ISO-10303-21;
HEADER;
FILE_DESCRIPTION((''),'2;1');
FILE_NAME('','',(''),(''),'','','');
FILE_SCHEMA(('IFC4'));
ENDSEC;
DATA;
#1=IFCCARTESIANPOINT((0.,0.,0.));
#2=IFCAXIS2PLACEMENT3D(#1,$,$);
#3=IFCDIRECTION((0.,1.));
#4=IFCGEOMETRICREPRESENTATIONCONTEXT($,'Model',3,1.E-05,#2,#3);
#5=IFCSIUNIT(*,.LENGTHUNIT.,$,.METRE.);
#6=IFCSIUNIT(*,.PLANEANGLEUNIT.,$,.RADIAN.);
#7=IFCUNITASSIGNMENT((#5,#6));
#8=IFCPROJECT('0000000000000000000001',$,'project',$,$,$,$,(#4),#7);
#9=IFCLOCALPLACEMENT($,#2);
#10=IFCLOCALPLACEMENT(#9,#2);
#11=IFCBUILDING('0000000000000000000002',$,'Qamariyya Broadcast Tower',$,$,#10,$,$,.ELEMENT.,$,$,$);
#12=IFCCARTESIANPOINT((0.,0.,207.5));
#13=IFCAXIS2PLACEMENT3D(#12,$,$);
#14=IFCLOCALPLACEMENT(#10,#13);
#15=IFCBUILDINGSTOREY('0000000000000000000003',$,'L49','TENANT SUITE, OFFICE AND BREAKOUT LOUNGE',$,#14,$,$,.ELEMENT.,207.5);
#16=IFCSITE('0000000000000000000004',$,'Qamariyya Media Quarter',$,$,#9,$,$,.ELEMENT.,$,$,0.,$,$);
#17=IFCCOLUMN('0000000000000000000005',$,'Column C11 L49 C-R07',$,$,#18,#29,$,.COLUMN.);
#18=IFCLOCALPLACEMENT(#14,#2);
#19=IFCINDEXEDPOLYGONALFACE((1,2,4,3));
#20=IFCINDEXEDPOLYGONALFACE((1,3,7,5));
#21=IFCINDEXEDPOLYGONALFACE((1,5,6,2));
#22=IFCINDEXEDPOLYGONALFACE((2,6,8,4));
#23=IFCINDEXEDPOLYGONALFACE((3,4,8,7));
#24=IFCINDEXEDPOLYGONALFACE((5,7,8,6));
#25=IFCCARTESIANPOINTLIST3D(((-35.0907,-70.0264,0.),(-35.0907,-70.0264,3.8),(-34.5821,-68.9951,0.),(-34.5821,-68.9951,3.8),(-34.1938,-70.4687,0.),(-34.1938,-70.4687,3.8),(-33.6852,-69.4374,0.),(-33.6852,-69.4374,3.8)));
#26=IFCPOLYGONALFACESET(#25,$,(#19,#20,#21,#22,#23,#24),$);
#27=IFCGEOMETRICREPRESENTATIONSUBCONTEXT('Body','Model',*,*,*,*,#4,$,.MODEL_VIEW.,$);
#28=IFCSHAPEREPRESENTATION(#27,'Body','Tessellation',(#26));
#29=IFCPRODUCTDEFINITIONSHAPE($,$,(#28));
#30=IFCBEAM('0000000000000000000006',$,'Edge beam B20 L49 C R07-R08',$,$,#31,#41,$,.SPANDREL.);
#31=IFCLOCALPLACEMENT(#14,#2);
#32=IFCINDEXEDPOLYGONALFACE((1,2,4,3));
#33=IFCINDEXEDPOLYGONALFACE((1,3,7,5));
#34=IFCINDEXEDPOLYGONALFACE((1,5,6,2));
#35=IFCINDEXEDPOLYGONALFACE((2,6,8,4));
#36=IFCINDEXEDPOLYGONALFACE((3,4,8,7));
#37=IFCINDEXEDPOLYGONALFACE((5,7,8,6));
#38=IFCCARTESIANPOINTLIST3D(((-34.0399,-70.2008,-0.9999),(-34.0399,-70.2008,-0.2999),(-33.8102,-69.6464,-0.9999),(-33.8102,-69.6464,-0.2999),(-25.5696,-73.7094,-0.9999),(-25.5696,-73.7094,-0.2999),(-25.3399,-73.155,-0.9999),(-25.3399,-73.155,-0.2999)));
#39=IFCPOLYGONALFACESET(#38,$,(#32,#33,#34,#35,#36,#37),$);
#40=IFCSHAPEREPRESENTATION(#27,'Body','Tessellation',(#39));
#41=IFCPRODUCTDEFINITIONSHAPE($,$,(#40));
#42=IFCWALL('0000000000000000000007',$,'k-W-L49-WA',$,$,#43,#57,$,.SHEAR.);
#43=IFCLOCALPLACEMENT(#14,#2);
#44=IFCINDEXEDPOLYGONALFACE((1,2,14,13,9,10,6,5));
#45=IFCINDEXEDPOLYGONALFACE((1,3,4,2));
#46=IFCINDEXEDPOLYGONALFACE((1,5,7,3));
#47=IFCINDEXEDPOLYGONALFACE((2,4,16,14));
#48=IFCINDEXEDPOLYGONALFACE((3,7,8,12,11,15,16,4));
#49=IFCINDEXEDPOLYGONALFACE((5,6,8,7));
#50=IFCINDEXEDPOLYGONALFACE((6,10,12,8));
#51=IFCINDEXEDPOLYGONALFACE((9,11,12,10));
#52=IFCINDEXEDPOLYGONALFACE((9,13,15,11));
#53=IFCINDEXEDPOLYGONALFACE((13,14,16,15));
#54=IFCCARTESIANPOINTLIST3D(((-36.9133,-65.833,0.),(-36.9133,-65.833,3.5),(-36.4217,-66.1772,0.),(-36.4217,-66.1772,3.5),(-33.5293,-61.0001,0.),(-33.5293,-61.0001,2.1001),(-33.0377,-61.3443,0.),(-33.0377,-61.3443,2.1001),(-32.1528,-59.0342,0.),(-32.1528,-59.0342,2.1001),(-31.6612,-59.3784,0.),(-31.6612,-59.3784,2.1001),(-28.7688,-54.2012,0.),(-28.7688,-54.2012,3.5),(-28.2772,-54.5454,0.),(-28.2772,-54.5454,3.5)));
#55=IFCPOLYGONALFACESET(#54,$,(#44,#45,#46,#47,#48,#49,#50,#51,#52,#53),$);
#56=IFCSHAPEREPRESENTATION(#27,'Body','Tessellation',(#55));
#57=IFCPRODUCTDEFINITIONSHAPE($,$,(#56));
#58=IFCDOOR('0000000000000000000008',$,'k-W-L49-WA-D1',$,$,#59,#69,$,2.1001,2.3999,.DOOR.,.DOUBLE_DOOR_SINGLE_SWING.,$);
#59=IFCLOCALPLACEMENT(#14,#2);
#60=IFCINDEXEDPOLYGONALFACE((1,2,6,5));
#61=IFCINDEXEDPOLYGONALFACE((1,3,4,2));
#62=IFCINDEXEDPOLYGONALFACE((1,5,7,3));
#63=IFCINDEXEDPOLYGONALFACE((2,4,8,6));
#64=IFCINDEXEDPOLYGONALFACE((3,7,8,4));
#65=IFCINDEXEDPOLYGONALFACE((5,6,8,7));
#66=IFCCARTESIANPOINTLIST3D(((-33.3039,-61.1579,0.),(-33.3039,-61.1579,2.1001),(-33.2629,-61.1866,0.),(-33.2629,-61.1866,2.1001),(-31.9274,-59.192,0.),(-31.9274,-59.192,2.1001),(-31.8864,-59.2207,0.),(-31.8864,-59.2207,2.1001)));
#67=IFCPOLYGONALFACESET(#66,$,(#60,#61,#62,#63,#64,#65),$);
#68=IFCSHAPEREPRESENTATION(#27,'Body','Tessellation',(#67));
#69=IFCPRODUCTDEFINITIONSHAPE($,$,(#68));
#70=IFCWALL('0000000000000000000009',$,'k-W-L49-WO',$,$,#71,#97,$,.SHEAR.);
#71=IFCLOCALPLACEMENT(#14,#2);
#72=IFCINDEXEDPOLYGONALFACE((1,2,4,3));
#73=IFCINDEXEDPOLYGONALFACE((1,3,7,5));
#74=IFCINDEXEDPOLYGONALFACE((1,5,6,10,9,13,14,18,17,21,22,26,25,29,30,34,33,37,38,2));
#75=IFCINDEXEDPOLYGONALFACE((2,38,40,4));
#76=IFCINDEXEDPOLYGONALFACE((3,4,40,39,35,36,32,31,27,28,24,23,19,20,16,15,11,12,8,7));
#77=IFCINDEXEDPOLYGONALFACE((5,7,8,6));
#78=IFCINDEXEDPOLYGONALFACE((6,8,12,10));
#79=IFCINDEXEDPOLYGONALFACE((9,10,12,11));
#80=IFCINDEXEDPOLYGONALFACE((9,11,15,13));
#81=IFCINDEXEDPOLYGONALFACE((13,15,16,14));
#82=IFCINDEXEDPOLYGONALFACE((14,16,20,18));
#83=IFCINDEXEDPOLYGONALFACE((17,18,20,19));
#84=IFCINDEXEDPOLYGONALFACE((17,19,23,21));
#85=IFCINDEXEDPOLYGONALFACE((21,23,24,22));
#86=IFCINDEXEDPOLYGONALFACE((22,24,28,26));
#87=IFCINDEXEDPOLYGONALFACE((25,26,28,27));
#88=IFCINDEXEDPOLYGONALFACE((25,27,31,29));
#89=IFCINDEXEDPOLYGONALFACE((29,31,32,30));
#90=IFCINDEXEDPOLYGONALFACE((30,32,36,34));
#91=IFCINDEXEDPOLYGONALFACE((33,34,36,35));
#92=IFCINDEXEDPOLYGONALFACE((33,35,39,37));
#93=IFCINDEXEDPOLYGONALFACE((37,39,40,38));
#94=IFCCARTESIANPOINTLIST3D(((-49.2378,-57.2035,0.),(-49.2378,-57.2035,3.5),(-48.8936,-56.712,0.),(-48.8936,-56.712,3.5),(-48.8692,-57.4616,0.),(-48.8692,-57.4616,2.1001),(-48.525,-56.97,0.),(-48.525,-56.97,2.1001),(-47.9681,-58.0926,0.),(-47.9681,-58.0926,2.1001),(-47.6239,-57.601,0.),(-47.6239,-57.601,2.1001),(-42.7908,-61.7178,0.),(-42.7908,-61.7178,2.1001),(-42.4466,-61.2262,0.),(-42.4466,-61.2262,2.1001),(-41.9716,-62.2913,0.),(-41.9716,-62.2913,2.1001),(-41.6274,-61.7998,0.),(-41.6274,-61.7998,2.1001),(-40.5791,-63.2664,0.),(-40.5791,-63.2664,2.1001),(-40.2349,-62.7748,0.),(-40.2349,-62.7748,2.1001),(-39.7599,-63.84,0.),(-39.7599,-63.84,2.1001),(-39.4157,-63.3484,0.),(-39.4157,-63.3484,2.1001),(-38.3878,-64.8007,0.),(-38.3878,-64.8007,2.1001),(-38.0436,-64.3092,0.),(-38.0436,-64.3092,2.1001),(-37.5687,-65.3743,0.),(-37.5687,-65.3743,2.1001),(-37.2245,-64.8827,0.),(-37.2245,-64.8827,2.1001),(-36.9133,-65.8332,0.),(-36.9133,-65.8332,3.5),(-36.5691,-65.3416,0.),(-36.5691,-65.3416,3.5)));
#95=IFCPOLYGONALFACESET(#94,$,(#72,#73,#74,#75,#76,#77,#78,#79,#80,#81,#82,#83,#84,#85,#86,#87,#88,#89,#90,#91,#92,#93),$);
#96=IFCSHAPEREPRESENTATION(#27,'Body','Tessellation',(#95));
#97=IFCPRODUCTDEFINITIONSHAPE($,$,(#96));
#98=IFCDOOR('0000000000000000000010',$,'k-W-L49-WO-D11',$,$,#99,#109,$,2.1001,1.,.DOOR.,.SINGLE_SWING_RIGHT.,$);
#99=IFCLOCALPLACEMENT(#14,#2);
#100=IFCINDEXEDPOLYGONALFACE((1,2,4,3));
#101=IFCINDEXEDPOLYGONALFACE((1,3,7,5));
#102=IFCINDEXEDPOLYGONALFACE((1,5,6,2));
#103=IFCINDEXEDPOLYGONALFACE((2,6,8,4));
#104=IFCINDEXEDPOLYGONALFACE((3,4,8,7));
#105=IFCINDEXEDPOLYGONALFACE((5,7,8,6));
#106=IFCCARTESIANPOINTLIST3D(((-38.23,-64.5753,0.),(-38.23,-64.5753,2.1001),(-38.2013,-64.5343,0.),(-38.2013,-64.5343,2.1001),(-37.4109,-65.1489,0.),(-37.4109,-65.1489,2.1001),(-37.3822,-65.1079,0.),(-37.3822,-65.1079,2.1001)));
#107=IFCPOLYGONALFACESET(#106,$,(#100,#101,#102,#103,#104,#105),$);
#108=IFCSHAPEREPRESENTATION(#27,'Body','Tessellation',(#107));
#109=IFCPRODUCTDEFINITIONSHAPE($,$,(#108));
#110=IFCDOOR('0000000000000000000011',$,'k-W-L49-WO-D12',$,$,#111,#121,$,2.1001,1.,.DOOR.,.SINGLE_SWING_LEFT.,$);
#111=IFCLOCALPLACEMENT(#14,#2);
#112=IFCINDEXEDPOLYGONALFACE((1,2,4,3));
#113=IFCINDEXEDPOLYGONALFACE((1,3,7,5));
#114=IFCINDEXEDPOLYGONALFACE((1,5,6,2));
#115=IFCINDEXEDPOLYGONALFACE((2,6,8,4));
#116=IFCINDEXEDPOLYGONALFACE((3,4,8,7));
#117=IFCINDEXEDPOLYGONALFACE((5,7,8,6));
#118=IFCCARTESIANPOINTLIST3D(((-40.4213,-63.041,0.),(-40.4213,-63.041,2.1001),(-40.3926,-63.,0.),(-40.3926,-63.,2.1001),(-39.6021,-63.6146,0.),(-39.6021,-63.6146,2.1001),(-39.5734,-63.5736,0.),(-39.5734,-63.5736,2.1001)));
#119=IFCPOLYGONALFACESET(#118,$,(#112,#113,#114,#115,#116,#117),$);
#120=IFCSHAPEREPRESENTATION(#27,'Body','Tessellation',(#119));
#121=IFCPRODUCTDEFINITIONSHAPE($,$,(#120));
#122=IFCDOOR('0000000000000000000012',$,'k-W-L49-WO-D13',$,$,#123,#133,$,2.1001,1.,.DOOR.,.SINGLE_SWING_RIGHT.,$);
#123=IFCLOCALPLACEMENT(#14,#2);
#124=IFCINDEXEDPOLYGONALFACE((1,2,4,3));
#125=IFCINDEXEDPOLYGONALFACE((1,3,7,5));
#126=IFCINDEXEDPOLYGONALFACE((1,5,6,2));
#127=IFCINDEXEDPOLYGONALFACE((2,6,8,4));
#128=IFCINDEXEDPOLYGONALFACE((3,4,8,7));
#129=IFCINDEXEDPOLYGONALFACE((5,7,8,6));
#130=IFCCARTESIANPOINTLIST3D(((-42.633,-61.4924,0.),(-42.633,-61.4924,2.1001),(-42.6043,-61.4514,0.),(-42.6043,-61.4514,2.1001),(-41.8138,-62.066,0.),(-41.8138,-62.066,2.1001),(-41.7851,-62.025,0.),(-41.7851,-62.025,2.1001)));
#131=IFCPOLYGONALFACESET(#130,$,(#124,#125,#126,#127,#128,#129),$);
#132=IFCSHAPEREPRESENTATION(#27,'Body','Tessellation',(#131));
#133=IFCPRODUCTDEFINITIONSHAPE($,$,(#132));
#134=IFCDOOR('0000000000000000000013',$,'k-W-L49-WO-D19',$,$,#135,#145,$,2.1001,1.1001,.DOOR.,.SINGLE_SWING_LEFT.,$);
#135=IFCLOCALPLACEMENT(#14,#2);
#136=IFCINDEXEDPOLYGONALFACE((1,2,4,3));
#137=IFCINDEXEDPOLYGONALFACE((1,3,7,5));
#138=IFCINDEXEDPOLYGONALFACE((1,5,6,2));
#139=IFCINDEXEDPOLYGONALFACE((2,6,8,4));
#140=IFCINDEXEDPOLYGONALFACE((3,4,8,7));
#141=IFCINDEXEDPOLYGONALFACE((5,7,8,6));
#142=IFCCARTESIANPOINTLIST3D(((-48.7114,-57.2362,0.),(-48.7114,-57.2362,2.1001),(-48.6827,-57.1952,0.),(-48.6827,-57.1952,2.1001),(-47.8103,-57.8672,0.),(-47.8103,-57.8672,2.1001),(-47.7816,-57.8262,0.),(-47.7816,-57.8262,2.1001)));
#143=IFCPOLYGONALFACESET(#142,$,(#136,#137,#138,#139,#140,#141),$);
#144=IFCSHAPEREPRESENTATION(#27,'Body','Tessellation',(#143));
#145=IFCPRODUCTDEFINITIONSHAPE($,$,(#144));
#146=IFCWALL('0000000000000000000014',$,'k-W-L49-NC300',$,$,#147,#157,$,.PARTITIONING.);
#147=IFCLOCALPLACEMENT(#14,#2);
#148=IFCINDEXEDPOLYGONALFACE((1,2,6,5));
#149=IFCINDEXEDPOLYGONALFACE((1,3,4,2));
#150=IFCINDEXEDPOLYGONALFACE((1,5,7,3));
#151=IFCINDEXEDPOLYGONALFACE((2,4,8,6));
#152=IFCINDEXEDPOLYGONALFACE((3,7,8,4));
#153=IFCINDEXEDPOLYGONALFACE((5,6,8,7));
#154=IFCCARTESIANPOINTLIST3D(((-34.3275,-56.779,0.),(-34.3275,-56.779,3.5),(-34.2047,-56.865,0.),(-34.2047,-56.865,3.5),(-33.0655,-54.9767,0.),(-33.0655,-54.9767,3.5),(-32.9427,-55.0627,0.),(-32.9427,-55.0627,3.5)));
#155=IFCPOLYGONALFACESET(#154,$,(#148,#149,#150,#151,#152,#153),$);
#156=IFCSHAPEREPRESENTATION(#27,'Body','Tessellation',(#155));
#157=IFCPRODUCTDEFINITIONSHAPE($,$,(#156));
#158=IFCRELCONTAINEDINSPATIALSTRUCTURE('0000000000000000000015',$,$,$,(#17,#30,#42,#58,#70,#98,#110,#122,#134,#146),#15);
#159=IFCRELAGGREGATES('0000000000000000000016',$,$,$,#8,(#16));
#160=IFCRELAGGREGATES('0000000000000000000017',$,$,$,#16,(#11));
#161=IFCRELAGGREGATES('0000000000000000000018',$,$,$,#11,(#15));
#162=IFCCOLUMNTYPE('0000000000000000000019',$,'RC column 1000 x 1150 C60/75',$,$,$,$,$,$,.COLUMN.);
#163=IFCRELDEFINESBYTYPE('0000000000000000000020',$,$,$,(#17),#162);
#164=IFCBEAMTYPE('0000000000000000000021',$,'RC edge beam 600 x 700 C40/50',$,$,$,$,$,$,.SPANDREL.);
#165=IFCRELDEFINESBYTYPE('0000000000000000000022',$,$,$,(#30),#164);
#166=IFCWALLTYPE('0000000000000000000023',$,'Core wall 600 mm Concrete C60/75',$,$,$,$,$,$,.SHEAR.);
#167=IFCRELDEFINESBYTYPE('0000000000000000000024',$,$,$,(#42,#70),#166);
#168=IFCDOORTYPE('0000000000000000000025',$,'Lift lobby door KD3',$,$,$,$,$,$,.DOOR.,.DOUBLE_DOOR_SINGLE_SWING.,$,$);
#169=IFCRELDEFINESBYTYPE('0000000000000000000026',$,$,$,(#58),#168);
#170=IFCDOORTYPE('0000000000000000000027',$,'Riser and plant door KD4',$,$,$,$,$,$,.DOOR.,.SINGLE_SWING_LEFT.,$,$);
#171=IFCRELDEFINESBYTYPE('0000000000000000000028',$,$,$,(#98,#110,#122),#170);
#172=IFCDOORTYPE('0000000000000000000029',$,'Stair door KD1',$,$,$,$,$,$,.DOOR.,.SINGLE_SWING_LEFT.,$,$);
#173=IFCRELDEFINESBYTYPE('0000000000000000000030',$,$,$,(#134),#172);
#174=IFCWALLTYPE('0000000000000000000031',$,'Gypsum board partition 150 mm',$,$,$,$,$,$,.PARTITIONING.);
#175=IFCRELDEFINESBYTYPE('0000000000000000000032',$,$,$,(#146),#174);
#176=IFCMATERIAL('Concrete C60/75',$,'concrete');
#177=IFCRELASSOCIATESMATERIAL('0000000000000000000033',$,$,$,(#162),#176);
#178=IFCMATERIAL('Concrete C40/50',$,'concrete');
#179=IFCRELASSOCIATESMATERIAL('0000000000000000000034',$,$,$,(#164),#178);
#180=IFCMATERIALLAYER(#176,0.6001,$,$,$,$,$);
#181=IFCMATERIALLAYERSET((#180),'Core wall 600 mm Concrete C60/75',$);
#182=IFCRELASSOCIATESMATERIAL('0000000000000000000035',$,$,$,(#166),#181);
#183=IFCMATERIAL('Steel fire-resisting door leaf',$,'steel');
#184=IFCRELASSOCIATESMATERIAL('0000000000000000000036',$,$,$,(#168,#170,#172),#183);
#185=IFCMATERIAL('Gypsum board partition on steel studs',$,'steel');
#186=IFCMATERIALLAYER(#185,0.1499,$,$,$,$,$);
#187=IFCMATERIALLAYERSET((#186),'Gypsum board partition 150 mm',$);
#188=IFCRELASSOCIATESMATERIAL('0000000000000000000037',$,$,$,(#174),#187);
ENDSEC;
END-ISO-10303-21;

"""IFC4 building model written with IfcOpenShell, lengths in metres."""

from ifc_helpers import new_model, si_unit, direction, frame, frame_2d, origin, origin_2d, place, context, subcontext, project, spatial, rectangle, extrude, material, layer, layer_set, material_profile, profile_set, type_object, element, fill, save


model = new_model("IFC4")

# Units and contexts
model_context = context("Model", 3, precision=1e-05, world=origin(), true_north=direction((0.0, 1.0)))
body_context = subcontext(model_context, "Body", "Model", "MODEL_VIEW")
ifc_project = project(units=[si_unit("LENGTHUNIT", "METRE"), si_unit("PLANEANGLEUNIT", "RADIAN")], contexts=[model_context])

# Site, building, storey
site_placement = place(None, origin())
site = spatial("IfcSite", under=ifc_project, at=site_placement, Name="Qamariyya Media Quarter", CompositionType="ELEMENT", RefElevation=0.0)
building_placement = place(site_placement, origin())
building = spatial("IfcBuilding", under=site, at=building_placement, Name="Qamariyya Broadcast Tower", CompositionType="ELEMENT")
storey_placement = place(building_placement, frame((0.0, 0.0, 207.5)))
storey = spatial("IfcBuildingStorey", under=building, at=storey_placement, Name="L49", Description="TENANT SUITE, OFFICE AND BREAKOUT LOUNGE", CompositionType="ELEMENT", Elevation=207.5)

# Column
ifc_material_1 = material(Name="Concrete C60/75", Category="concrete")
ifc_material_profile_1 = material_profile(ifc_material_1, rectangle(XDim=1.0, YDim=1.1499, at=origin_2d()))
ifc_profile_set_1 = profile_set([ifc_material_profile_1], Name="Concrete C60/75")
column_type = type_object("IfcColumnType", Name="RC column 1000 x 1150 C60/75", PredefinedType="COLUMN", material=ifc_profile_set_1)
column_placement = place(storey_placement, frame((-34.3879, -69.7319, 0.0), z_axis=(0.0, 0.0, 1.0), x_axis=(0.896873, -0.442289, 0.0)))
element("IfcColumn", 1, at=column_placement, inside=storey, type_object=column_type, Name="Column C11 L49 C-R07", PredefinedType="COLUMN", context=body_context, shape_type="SweptSolid", body=[
    extrude(rectangle(XDim=1.0, YDim=1.1499, at=origin_2d()), origin(), (0.0, 0.0, 1.0), 3.8),
])

# Beam
ifc_material_2 = material(Name="Concrete C40/50", Category="concrete")
ifc_material_profile_2 = material_profile(ifc_material_2, rectangle(XDim=0.6001, YDim=0.7, at=origin_2d()))
ifc_profile_set_2 = profile_set([ifc_material_profile_2], Name="Concrete C40/50")
beam_type = type_object("IfcBeamType", Name="RC edge beam 600 x 700 C40/50", PredefinedType="SPANDREL", material=ifc_profile_set_2)
beam_placement = place(storey_placement, frame((-33.925, -69.9236, -0.6499), z_axis=(0.923877, -0.38269, 0.0), x_axis=(0.38269, 0.923877, 0.0)))
element("IfcBeam", 2, at=beam_placement, inside=storey, type_object=beam_type, Name="Edge beam B20 L49 C R07-R08", PredefinedType="SPANDREL", context=body_context, shape_type="SweptSolid", body=[
    extrude(rectangle(XDim=0.6001, YDim=0.7, at=origin_2d()), origin(), (0.0, 0.0, 1.0), 9.1682),
])

# Wall, opening, door
ifc_layer_1 = layer(ifc_material_1, 0.6001)
ifc_layer_set_1 = layer_set([ifc_layer_1], Name="Core wall 600 mm Concrete C60/75")
wall_type_1 = type_object("IfcWallType", Name="Core wall 600 mm Concrete C60/75", PredefinedType="SHEAR", material=ifc_layer_set_1)
wall_1_placement = place(storey_placement, frame((-36.6675, -66.0051, 0.0), z_axis=(0.0, 0.0, 1.0), x_axis=(0.573568, 0.819158, 0.0)))
wall_1 = element("IfcWall", 3, at=wall_1_placement, inside=storey, type_object=wall_type_1, Name="k-W-L49-WA", PredefinedType="SHEAR", context=body_context, shape_type="SweptSolid", body=[
    extrude(rectangle(XDim=14.1997, YDim=0.6001, at=frame_2d((7.0999, 0.0))), origin(), (0.0, 0.0, 1.0), 3.5),
])
opening_1_placement = place(wall_1_placement, frame((5.8999, 0.0, 0.0)))
opening_1 = element("IfcOpeningElement", 4, at=opening_1_placement, cuts=wall_1, PredefinedType="OPENING", context=body_context, shape_type="SweptSolid", body=[
    extrude(rectangle(XDim=2.3999, YDim=2.1001, at=frame_2d((1.2, 1.05))), frame((0.0, 0.3101, 0.0), z_axis=(0.0, -1.0, 0.0), x_axis=(1.0, 0.0, 0.0)), (0.0, 0.0, 1.0), 0.6201),
])
ifc_material_3 = material(Name="Steel fire-resisting door leaf", Category="steel")
door_type_1 = type_object("IfcDoorType", Name="Lift lobby door KD3", OperationType="DOUBLE_DOOR_SINGLE_SWING", PredefinedType="DOOR", material=ifc_material_3)
door_1_placement = place(opening_1_placement, origin())
door_1 = element("IfcDoor", 5, at=door_1_placement, inside=storey, type_object=door_type_1, Name="k-W-L49-WA-D1", OperationType="DOUBLE_DOOR_SINGLE_SWING", OverallHeight=2.1001, OverallWidth=2.3999, PredefinedType="DOOR", context=body_context, shape_type="SweptSolid", body=[
    extrude(rectangle(XDim=2.3999, YDim=2.1001, at=frame_2d((1.2, 1.05))), frame((0.0, 0.0249, 0.0), z_axis=(0.0, -1.0, 0.0), x_axis=(1.0, 0.0, 0.0)), (0.0, 0.0, 1.0), 0.05),
])
fill(opening_1, door_1)

# Wall, openings, doors
wall_2_placement = place(storey_placement, frame((-36.7412, -65.5874, 0.0), z_axis=(0.0, 0.0, 1.0), x_axis=(-0.819153, 0.573575, 0.0)))
wall_2 = element("IfcWall", 6, at=wall_2_placement, inside=storey, type_object=wall_type_1, Name="k-W-L49-WO", PredefinedType="SHEAR", context=body_context, shape_type="SweptSolid", body=[
    extrude(rectangle(XDim=15.0454, YDim=0.6001, at=frame_2d((7.5227, 0.0))), origin(), (0.0, 0.0, 1.0), 3.5),
])
opening_2_placement = place(wall_2_placement, frame((0.8, 0.0, 0.0)))
opening_2 = element("IfcOpeningElement", 7, at=opening_2_placement, cuts=wall_2, PredefinedType="OPENING", context=body_context, shape_type="SweptSolid", body=[
    extrude(rectangle(XDim=1.0, YDim=2.1001, at=frame_2d((0.5, 1.05))), frame((0.0, 0.3101, 0.0), z_axis=(0.0, -1.0, 0.0), x_axis=(1.0, 0.0, 0.0)), (0.0, 0.0, 1.0), 0.6201),
])
opening_3_placement = place(wall_2_placement, frame((3.4751, 0.0, 0.0)))
opening_3 = element("IfcOpeningElement", 8, at=opening_3_placement, cuts=wall_2, PredefinedType="OPENING", context=body_context, shape_type="SweptSolid", body=[
    extrude(rectangle(XDim=1.0, YDim=2.1001, at=frame_2d((0.5, 1.05))), frame((0.0, 0.3101, 0.0), z_axis=(0.0, -1.0, 0.0), x_axis=(1.0, 0.0, 0.0)), (0.0, 0.0, 1.0), 0.6201),
])
opening_4_placement = place(wall_2_placement, frame((6.175, 0.0, 0.0)))
opening_4 = element("IfcOpeningElement", 9, at=opening_4_placement, cuts=wall_2, PredefinedType="OPENING", context=body_context, shape_type="SweptSolid", body=[
    extrude(rectangle(XDim=1.0, YDim=2.1001, at=frame_2d((0.5, 1.05))), frame((0.0, 0.3101, 0.0), z_axis=(0.0, -1.0, 0.0), x_axis=(1.0, 0.0, 0.0)), (0.0, 0.0, 1.0), 0.6201),
])
opening_5_placement = place(wall_2_placement, frame((13.4954, 0.0, 0.0)))
opening_5 = element("IfcOpeningElement", 10, at=opening_5_placement, cuts=wall_2, PredefinedType="OPENING", context=body_context, shape_type="SweptSolid", body=[
    extrude(rectangle(XDim=1.1001, YDim=2.1001, at=frame_2d((0.55, 1.05))), frame((0.0, 0.3101, 0.0), z_axis=(0.0, -1.0, 0.0), x_axis=(1.0, 0.0, 0.0)), (0.0, 0.0, 1.0), 0.6201),
])
door_type_2 = type_object("IfcDoorType", Name="Riser and plant door KD4", OperationType="SINGLE_SWING_LEFT", PredefinedType="DOOR", material=ifc_material_3)
door_2_placement = place(opening_2_placement, origin())
door_2 = element("IfcDoor", 11, at=door_2_placement, inside=storey, type_object=door_type_2, Name="k-W-L49-WO-D11", OperationType="SINGLE_SWING_RIGHT", OverallHeight=2.1001, OverallWidth=1.0, PredefinedType="DOOR", context=body_context, shape_type="SweptSolid", body=[
    extrude(rectangle(XDim=1.0, YDim=2.1001, at=frame_2d((0.5, 1.05))), frame((0.0, 0.0249, 0.0), z_axis=(0.0, -1.0, 0.0), x_axis=(1.0, 0.0, 0.0)), (0.0, 0.0, 1.0), 0.05),
])
fill(opening_2, door_2)
door_3_placement = place(opening_3_placement, origin())
door_3 = element("IfcDoor", 12, at=door_3_placement, inside=storey, type_object=door_type_2, Name="k-W-L49-WO-D12", OperationType="SINGLE_SWING_LEFT", OverallHeight=2.1001, OverallWidth=1.0, PredefinedType="DOOR", context=body_context, shape_type="SweptSolid", body=[
    extrude(rectangle(XDim=1.0, YDim=2.1001, at=frame_2d((0.5, 1.05))), frame((0.0, 0.0249, 0.0), z_axis=(0.0, -1.0, 0.0), x_axis=(1.0, 0.0, 0.0)), (0.0, 0.0, 1.0), 0.05),
])
fill(opening_3, door_3)
door_4_placement = place(opening_4_placement, origin())
door_4 = element("IfcDoor", 13, at=door_4_placement, inside=storey, type_object=door_type_2, Name="k-W-L49-WO-D13", OperationType="SINGLE_SWING_RIGHT", OverallHeight=2.1001, OverallWidth=1.0, PredefinedType="DOOR", context=body_context, shape_type="SweptSolid", body=[
    extrude(rectangle(XDim=1.0, YDim=2.1001, at=frame_2d((0.5, 1.05))), frame((0.0, 0.0249, 0.0), z_axis=(0.0, -1.0, 0.0), x_axis=(1.0, 0.0, 0.0)), (0.0, 0.0, 1.0), 0.05),
])
fill(opening_4, door_4)
door_type_3 = type_object("IfcDoorType", Name="Stair door KD1", OperationType="SINGLE_SWING_LEFT", PredefinedType="DOOR", material=ifc_material_3)
door_5_placement = place(opening_5_placement, origin())
door_5 = element("IfcDoor", 14, at=door_5_placement, inside=storey, type_object=door_type_3, Name="k-W-L49-WO-D19", OperationType="SINGLE_SWING_LEFT", OverallHeight=2.1001, OverallWidth=1.1001, PredefinedType="DOOR", context=body_context, shape_type="SweptSolid", body=[
    extrude(rectangle(XDim=1.1001, YDim=2.1001, at=frame_2d((0.55, 1.05))), frame((0.0, 0.0249, 0.0), z_axis=(0.0, -1.0, 0.0), x_axis=(1.0, 0.0, 0.0)), (0.0, 0.0, 1.0), 0.05),
])
fill(opening_5, door_5)

# Wall
ifc_material_4 = material(Name="Gypsum board partition on steel studs", Category="steel")
ifc_layer_2 = layer(ifc_material_4, 0.1499)
ifc_layer_set_2 = layer_set([ifc_layer_2], Name="Gypsum board partition 150 mm")
wall_type_2 = type_object("IfcWallType", Name="Gypsum board partition 150 mm", PredefinedType="PARTITIONING", material=ifc_layer_set_2)
wall_3_placement = place(storey_placement, frame((-34.2661, -56.822, 0.0), z_axis=(0.0, 0.0, 1.0), x_axis=(0.573581, 0.819149, 0.0)))
element("IfcWall", 15, at=wall_3_placement, inside=storey, type_object=wall_type_2, Name="k-W-L49-NC300", PredefinedType="PARTITIONING", context=body_context, shape_type="SweptSolid", body=[
    extrude(rectangle(XDim=2.2002, YDim=0.1499, at=frame_2d((1.1001, 0.0))), origin(), (0.0, 0.0, 1.0), 3.5),
])

save(model, "model.ifc")
